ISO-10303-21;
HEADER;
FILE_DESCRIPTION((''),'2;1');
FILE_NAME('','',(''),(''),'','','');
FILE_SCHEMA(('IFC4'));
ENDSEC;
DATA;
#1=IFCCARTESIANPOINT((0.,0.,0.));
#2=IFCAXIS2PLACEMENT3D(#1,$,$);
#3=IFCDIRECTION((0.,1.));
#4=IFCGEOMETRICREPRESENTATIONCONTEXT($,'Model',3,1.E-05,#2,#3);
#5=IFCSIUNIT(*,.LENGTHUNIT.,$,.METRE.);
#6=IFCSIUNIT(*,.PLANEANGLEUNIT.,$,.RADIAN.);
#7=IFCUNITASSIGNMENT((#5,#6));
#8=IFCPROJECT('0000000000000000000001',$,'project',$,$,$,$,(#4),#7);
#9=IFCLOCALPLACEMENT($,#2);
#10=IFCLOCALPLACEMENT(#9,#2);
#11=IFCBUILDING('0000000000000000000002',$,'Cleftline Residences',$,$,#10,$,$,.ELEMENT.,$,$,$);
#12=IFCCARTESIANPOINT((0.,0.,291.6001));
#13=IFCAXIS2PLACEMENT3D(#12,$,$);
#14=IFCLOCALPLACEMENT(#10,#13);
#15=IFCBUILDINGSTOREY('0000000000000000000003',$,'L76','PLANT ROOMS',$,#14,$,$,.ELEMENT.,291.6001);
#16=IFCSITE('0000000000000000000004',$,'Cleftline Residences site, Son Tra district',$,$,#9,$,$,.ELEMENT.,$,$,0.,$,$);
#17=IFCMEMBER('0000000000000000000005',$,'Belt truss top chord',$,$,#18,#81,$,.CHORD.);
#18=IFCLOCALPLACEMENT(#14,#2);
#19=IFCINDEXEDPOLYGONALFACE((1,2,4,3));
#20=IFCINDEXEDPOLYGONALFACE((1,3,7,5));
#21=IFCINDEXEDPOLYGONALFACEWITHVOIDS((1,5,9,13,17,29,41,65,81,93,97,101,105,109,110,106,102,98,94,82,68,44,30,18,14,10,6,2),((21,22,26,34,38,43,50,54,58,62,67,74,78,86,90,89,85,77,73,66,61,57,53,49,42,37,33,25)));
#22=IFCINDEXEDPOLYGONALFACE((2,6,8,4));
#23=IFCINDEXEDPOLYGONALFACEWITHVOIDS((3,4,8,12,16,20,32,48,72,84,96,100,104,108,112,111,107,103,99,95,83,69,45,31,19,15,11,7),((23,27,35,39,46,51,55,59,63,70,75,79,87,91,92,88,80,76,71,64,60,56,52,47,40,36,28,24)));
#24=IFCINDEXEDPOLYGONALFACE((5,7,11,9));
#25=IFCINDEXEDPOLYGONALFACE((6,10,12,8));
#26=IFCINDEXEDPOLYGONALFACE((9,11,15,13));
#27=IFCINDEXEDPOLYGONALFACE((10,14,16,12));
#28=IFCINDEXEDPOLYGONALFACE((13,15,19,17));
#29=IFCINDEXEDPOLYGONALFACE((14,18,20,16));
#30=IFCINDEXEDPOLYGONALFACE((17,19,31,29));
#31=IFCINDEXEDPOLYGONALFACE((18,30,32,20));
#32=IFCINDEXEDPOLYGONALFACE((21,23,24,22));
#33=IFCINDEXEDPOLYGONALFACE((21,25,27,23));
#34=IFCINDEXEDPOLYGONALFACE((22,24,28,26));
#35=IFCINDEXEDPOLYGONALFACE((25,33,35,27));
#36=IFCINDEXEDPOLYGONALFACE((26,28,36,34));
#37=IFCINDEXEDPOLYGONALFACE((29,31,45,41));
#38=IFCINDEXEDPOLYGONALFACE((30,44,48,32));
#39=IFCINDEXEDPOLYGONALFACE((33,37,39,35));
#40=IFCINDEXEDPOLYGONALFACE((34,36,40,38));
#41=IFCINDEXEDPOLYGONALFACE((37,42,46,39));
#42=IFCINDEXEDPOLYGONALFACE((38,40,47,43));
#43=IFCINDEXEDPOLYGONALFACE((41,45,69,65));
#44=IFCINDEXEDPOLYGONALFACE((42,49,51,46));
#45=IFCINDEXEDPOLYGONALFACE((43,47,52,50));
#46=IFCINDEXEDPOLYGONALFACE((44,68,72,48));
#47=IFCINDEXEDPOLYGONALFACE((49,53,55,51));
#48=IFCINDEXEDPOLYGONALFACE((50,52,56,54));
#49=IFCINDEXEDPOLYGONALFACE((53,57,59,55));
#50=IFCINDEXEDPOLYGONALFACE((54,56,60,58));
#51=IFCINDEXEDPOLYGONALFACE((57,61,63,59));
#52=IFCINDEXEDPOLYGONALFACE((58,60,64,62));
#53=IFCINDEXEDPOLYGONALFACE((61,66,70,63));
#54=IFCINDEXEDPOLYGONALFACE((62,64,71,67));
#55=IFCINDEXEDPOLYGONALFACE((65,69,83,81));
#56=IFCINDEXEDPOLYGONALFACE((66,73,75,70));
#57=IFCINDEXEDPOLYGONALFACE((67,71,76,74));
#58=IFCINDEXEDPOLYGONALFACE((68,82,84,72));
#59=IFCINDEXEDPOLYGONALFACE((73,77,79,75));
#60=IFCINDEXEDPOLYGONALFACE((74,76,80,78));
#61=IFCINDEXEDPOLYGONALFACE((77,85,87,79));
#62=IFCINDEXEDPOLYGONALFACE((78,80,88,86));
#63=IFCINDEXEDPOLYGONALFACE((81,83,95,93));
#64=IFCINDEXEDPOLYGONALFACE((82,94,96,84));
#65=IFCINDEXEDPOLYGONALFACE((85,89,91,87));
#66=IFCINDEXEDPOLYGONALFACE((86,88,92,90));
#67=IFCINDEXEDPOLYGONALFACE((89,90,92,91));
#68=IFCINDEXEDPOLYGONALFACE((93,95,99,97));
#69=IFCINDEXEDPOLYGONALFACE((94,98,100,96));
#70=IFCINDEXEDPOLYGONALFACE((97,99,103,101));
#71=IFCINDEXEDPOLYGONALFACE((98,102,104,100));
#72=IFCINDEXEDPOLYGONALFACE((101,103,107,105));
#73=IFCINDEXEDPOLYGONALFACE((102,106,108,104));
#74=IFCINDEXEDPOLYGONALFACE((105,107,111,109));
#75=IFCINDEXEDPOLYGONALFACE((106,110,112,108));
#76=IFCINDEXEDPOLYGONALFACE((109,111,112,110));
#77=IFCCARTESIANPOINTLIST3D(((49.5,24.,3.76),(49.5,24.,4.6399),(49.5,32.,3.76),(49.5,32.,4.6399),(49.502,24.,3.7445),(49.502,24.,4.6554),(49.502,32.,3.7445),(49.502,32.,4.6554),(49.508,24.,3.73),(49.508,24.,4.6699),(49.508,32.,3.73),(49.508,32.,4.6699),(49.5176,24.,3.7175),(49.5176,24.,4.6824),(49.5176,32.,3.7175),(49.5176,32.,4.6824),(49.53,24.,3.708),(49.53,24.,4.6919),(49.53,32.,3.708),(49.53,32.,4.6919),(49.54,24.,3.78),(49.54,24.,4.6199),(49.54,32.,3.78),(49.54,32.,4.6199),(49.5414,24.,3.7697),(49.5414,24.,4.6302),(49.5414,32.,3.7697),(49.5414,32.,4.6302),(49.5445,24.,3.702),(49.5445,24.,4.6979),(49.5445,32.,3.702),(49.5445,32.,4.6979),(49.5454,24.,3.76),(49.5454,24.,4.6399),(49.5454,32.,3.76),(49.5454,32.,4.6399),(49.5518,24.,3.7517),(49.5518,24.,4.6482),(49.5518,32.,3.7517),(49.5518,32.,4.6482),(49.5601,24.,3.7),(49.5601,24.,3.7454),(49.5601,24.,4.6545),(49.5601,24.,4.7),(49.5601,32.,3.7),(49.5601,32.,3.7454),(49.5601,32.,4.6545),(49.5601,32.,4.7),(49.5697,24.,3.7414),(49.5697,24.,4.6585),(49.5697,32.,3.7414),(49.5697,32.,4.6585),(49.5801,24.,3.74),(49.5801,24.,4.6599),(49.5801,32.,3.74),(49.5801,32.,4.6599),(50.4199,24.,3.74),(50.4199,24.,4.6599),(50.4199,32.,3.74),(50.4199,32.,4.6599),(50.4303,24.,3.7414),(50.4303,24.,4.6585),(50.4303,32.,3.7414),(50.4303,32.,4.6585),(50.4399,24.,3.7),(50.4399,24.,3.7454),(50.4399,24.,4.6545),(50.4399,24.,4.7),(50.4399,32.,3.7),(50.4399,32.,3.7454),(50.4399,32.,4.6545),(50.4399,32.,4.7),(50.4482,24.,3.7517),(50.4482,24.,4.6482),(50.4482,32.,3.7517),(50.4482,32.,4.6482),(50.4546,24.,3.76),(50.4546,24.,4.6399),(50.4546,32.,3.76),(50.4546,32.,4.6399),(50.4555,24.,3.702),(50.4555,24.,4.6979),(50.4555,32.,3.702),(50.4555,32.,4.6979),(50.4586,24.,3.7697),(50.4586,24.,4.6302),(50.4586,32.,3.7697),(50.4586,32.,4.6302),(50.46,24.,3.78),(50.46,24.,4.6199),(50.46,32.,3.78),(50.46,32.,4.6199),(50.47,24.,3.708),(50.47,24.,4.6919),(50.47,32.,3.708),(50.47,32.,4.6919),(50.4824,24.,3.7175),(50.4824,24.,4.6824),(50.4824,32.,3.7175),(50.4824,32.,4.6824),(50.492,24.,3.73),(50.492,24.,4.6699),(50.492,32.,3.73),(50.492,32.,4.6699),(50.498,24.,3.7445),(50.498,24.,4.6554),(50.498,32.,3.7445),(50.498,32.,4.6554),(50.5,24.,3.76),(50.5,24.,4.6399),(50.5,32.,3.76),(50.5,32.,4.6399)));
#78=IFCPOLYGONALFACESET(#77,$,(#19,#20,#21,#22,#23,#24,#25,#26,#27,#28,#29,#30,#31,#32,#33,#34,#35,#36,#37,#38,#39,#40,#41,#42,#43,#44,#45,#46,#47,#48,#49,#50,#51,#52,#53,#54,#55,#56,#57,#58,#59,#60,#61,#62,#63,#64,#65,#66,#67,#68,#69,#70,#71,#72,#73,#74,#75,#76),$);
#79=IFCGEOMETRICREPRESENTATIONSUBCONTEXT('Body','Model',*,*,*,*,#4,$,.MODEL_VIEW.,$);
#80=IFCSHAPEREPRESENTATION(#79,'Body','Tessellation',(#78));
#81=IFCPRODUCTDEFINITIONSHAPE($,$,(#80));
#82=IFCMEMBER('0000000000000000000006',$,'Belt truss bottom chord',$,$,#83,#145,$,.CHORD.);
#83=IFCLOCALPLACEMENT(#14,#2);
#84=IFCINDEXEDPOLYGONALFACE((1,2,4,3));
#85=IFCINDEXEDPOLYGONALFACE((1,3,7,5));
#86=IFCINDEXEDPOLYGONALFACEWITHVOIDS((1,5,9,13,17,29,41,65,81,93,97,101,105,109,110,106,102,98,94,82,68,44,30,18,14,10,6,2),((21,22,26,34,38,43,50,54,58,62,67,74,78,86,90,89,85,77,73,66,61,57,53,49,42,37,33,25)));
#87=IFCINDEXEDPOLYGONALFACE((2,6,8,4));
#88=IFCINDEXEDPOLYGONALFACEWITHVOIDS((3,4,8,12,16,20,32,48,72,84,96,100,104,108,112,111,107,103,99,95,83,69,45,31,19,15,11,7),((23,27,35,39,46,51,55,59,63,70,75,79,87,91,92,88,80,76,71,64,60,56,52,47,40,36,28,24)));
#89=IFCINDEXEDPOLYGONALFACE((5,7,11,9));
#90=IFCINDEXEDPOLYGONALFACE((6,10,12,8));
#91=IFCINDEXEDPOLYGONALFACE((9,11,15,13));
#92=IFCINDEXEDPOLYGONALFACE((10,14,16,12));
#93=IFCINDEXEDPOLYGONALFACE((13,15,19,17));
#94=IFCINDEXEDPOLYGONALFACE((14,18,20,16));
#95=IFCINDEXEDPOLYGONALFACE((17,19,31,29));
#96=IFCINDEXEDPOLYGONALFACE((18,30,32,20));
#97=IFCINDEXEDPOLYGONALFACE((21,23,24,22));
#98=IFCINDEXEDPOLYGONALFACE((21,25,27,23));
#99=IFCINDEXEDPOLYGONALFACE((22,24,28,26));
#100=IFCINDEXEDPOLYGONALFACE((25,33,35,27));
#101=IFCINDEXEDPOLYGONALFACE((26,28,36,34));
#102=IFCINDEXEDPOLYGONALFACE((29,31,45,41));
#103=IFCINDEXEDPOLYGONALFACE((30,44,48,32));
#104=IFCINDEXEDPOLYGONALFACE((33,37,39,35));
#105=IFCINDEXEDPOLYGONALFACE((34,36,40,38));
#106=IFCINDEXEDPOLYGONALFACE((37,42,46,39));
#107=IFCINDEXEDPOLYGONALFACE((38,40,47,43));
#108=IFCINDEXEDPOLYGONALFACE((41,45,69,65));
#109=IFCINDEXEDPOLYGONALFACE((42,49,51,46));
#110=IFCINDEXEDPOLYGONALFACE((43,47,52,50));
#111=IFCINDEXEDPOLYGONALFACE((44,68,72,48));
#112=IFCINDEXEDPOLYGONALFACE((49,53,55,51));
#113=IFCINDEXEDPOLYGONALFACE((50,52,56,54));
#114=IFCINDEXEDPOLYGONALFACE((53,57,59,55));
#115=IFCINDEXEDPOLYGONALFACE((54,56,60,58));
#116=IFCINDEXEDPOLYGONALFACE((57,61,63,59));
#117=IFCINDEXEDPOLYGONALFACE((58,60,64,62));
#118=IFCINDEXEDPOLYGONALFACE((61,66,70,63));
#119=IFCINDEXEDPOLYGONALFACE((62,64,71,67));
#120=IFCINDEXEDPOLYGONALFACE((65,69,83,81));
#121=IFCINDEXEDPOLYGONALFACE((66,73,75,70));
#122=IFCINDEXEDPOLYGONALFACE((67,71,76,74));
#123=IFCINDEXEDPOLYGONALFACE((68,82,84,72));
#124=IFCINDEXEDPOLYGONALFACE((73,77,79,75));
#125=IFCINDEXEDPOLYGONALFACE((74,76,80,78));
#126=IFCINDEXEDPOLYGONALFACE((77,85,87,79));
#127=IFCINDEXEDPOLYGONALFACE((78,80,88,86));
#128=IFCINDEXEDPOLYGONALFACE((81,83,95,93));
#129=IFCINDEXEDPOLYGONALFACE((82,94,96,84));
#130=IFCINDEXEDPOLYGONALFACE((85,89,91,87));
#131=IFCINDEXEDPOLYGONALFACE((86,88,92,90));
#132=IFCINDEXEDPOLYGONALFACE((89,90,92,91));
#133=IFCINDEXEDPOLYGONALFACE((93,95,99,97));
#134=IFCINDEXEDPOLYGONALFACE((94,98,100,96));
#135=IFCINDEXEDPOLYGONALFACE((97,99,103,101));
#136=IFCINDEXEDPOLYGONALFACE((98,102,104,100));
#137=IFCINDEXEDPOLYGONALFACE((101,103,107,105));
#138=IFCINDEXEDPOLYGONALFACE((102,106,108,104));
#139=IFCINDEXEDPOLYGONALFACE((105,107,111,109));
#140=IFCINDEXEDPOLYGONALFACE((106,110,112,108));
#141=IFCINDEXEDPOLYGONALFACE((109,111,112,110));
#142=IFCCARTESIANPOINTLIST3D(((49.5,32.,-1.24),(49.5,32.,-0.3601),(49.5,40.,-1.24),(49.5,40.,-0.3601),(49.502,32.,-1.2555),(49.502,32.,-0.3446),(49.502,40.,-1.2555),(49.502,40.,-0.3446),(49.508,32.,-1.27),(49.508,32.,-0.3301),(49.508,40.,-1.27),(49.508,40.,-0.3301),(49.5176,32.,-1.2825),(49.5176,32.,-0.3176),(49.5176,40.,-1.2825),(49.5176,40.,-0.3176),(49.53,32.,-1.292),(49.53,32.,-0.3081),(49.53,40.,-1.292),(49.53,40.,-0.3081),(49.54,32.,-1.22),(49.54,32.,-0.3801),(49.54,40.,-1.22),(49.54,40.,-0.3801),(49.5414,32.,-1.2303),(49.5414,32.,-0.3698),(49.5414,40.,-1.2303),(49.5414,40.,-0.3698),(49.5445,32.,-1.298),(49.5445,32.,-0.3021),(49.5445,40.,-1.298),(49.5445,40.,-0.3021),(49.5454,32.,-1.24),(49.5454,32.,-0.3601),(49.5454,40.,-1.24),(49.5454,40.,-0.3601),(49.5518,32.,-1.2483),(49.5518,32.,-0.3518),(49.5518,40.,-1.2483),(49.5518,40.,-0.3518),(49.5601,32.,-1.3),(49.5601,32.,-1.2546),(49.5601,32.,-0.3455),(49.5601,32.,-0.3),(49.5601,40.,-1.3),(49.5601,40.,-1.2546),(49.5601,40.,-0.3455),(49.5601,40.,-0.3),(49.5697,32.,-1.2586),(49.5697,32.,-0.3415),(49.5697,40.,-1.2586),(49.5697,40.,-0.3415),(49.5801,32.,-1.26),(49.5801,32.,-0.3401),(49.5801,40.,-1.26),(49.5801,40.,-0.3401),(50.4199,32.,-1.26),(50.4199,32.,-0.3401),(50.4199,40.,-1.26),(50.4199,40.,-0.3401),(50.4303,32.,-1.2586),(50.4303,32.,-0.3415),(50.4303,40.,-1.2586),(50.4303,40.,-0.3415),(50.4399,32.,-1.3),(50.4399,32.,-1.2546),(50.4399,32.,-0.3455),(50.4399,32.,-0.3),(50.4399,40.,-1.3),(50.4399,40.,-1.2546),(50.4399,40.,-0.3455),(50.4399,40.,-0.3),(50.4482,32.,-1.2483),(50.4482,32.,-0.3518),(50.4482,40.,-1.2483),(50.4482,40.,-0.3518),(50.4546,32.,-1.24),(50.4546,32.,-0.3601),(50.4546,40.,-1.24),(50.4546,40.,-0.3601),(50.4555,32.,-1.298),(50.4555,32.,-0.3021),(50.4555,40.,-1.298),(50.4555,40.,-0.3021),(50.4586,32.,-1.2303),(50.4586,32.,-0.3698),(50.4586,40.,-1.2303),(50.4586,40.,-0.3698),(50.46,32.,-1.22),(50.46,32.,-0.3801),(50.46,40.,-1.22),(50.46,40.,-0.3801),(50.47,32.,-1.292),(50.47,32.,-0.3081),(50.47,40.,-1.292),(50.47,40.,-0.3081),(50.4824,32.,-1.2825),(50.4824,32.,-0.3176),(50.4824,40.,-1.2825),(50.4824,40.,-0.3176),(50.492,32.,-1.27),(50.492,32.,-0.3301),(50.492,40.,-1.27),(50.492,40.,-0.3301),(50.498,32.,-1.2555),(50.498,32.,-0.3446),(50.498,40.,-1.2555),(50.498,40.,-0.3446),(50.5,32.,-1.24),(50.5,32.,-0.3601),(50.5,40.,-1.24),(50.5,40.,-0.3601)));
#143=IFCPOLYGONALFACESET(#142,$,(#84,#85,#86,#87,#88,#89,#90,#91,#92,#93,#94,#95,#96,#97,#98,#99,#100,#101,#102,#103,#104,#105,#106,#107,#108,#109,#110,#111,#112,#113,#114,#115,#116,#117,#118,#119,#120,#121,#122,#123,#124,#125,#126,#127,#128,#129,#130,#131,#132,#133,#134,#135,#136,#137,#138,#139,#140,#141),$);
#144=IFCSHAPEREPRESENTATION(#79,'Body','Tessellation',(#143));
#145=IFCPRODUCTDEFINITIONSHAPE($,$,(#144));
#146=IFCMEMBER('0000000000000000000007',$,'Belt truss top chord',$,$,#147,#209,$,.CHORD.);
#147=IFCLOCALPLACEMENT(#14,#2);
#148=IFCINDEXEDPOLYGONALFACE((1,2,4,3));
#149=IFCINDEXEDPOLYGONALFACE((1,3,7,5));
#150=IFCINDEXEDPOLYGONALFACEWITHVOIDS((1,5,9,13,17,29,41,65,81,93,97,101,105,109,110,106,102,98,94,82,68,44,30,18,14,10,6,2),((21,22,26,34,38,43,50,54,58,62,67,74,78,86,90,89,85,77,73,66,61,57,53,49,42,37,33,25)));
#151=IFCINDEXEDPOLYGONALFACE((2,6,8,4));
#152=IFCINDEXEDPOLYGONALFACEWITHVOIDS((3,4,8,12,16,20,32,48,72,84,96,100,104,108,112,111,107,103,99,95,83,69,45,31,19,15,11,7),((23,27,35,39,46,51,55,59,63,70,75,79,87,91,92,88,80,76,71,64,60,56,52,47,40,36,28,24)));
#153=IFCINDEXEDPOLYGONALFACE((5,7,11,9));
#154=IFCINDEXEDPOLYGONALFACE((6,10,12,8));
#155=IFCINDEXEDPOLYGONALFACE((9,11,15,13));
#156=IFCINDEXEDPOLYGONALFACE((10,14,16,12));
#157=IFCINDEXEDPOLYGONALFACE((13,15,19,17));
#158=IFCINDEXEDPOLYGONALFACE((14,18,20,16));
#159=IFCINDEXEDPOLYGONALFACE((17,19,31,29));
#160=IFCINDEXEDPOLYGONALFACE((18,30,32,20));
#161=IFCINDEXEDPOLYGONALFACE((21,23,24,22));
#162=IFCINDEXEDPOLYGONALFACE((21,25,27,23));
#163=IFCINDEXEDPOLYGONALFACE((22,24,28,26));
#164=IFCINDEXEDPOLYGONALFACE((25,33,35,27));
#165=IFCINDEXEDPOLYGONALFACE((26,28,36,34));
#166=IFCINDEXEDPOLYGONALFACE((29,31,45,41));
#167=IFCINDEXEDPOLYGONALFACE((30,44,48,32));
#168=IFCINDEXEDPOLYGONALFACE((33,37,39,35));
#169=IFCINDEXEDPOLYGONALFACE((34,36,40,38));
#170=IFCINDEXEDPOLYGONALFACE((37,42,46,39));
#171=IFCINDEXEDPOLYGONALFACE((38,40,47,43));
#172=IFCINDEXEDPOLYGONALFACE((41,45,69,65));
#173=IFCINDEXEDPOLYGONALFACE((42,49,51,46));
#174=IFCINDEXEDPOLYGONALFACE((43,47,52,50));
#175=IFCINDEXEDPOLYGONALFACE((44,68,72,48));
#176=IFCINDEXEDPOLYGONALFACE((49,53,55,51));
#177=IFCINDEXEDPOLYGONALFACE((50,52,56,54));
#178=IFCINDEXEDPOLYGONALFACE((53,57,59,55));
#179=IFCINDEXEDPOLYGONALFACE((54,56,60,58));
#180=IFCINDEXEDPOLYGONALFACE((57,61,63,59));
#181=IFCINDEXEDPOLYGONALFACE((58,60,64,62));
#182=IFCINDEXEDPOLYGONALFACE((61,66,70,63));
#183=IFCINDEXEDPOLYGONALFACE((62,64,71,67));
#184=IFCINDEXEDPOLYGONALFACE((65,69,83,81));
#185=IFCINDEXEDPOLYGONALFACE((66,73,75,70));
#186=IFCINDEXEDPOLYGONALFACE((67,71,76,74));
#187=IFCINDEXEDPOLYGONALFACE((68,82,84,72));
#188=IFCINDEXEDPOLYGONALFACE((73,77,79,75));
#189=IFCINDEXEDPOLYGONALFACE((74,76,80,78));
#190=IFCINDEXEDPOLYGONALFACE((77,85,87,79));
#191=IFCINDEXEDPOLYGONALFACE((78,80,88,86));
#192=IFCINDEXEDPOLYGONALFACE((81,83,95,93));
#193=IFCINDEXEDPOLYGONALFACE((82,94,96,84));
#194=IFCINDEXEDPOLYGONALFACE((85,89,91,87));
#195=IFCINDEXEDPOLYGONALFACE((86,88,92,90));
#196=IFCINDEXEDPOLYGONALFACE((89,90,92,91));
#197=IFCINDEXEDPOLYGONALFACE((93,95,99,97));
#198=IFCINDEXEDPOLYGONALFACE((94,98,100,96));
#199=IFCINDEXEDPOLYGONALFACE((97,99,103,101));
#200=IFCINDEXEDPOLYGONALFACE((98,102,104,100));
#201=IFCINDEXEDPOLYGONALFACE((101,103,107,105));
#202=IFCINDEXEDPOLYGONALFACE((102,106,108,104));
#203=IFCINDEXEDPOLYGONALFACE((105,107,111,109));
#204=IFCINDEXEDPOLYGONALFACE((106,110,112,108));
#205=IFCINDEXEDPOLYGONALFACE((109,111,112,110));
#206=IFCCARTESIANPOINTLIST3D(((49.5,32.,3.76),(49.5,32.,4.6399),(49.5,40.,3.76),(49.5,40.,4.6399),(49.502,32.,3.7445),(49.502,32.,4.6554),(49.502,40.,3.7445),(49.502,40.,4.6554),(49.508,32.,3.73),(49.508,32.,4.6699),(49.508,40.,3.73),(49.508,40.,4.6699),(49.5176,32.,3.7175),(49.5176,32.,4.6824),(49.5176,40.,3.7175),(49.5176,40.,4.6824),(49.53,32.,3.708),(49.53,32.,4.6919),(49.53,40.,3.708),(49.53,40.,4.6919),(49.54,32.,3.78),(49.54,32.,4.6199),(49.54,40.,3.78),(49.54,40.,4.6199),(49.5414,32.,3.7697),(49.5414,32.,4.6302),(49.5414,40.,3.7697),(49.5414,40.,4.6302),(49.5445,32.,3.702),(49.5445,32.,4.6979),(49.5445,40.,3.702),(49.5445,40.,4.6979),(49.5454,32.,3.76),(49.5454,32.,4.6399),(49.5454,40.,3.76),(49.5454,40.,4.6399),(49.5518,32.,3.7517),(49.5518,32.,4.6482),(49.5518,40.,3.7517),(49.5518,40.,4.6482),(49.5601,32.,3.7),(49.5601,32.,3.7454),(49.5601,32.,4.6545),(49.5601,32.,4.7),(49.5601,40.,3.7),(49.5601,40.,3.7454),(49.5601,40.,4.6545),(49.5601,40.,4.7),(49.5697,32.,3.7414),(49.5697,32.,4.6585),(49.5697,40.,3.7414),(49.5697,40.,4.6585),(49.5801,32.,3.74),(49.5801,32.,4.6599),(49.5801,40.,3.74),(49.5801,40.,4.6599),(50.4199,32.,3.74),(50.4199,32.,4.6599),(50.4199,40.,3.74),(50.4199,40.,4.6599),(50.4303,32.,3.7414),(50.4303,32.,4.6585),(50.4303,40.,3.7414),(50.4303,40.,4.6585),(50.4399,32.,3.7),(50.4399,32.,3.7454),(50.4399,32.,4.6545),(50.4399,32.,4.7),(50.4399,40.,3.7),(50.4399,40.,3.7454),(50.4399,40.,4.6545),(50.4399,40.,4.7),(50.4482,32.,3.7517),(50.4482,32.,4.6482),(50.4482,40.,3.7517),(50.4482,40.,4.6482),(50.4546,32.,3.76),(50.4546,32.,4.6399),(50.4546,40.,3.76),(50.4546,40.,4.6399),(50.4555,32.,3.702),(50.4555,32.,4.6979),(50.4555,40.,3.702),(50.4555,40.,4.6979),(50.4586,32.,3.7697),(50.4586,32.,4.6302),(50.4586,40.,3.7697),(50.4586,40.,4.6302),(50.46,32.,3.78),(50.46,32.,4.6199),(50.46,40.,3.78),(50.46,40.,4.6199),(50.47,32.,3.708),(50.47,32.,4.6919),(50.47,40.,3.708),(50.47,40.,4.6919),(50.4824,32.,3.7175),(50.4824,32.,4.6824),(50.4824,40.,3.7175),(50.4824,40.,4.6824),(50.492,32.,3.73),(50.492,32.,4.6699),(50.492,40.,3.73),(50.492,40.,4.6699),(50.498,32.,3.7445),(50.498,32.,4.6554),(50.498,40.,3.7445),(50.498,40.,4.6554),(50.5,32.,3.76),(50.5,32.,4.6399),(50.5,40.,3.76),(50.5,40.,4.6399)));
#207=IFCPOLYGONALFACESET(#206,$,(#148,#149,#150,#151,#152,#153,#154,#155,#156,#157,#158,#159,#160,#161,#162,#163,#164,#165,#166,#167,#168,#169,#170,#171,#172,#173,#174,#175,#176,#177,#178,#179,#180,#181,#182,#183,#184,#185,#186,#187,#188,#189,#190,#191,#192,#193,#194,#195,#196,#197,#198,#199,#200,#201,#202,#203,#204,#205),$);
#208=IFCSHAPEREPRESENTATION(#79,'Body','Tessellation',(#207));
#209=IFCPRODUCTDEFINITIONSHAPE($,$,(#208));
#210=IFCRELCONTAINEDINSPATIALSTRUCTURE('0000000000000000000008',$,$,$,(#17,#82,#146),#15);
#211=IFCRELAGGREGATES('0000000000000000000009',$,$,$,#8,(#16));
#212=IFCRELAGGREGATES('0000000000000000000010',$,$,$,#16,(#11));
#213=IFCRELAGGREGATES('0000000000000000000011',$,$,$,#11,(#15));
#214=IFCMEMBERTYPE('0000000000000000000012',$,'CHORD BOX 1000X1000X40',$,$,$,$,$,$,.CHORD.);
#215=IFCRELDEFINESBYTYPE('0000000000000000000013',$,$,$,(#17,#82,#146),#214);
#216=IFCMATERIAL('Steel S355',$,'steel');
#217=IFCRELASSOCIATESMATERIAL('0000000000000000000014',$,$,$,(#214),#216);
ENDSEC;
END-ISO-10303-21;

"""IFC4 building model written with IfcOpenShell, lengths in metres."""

from ifc_helpers import new_model, si_unit, direction, frame, origin, origin_2d, place, context, subcontext, project, spatial, hollow_rectangle, extrude, material, material_profile, profile_set, type_object, element, save


model = new_model("IFC4")

# Units and contexts
model_context = context("Model", 3, precision=1e-05, world=origin(), true_north=direction((0.0, 1.0)))
body_context = subcontext(model_context, "Body", "Model", "MODEL_VIEW")
ifc_project = project(units=[si_unit("LENGTHUNIT", "METRE"), si_unit("PLANEANGLEUNIT", "RADIAN")], contexts=[model_context])

# Site, building, storey
site_placement = place(None, origin())
site = spatial("IfcSite", under=ifc_project, at=site_placement, Name="Cleftline Residences site, Son Tra district", CompositionType="ELEMENT", RefElevation=0.0)
building_placement = place(site_placement, origin())
building = spatial("IfcBuilding", under=site, at=building_placement, Name="Cleftline Residences", CompositionType="ELEMENT")
storey_placement = place(building_placement, frame((0.0, 0.0, 291.6001)))
storey = spatial("IfcBuildingStorey", under=building, at=storey_placement, Name="L76", Description="PLANT ROOMS", CompositionType="ELEMENT", Elevation=291.6001)

# Members
ifc_material_1 = material(Name="Steel S355", Category="steel")
ifc_material_profile_1 = material_profile(ifc_material_1, hollow_rectangle(XDim=1.0, YDim=1.0, WallThickness=0.04, InnerFilletRadius=0.04, OuterFilletRadius=0.0601, at=origin_2d()))
ifc_profile_set_1 = profile_set([ifc_material_profile_1], Name="Steel S355")
member_type_1 = type_object("IfcMemberType", Name="CHORD BOX 1000X1000X40", PredefinedType="CHORD", material=ifc_profile_set_1)
for number, where, z_axis, x_axis, name in (
    (1, (50.0, 24.0, 4.2), (0.0, 1.0, 0.0), (-1.0, 0.0, 0.0), "Belt truss top chord"),
    (2, (50.0, 32.0, -0.8), (0.0, 1.0, 0.0), (-1.0, 0.0, 0.0), "Belt truss bottom chord"),
    (3, (50.0, 32.0, 4.2), (0.0, 1.0, 0.0), (-1.0, 0.0, 0.0), "Belt truss top chord"),
):
    element("IfcMember", number, at=place(storey_placement, frame(where, z_axis=z_axis, x_axis=x_axis)), inside=storey, type_object=member_type_1, Name=name, PredefinedType="CHORD", context=body_context, shape_type="SweptSolid", body=[
        extrude(hollow_rectangle(XDim=1.0, YDim=1.0, WallThickness=0.04, InnerFilletRadius=0.04, OuterFilletRadius=0.0601, at=origin_2d()), origin(), (0.0, 0.0, 1.0), 8.0),
    ])

save(model, "model.ifc")
